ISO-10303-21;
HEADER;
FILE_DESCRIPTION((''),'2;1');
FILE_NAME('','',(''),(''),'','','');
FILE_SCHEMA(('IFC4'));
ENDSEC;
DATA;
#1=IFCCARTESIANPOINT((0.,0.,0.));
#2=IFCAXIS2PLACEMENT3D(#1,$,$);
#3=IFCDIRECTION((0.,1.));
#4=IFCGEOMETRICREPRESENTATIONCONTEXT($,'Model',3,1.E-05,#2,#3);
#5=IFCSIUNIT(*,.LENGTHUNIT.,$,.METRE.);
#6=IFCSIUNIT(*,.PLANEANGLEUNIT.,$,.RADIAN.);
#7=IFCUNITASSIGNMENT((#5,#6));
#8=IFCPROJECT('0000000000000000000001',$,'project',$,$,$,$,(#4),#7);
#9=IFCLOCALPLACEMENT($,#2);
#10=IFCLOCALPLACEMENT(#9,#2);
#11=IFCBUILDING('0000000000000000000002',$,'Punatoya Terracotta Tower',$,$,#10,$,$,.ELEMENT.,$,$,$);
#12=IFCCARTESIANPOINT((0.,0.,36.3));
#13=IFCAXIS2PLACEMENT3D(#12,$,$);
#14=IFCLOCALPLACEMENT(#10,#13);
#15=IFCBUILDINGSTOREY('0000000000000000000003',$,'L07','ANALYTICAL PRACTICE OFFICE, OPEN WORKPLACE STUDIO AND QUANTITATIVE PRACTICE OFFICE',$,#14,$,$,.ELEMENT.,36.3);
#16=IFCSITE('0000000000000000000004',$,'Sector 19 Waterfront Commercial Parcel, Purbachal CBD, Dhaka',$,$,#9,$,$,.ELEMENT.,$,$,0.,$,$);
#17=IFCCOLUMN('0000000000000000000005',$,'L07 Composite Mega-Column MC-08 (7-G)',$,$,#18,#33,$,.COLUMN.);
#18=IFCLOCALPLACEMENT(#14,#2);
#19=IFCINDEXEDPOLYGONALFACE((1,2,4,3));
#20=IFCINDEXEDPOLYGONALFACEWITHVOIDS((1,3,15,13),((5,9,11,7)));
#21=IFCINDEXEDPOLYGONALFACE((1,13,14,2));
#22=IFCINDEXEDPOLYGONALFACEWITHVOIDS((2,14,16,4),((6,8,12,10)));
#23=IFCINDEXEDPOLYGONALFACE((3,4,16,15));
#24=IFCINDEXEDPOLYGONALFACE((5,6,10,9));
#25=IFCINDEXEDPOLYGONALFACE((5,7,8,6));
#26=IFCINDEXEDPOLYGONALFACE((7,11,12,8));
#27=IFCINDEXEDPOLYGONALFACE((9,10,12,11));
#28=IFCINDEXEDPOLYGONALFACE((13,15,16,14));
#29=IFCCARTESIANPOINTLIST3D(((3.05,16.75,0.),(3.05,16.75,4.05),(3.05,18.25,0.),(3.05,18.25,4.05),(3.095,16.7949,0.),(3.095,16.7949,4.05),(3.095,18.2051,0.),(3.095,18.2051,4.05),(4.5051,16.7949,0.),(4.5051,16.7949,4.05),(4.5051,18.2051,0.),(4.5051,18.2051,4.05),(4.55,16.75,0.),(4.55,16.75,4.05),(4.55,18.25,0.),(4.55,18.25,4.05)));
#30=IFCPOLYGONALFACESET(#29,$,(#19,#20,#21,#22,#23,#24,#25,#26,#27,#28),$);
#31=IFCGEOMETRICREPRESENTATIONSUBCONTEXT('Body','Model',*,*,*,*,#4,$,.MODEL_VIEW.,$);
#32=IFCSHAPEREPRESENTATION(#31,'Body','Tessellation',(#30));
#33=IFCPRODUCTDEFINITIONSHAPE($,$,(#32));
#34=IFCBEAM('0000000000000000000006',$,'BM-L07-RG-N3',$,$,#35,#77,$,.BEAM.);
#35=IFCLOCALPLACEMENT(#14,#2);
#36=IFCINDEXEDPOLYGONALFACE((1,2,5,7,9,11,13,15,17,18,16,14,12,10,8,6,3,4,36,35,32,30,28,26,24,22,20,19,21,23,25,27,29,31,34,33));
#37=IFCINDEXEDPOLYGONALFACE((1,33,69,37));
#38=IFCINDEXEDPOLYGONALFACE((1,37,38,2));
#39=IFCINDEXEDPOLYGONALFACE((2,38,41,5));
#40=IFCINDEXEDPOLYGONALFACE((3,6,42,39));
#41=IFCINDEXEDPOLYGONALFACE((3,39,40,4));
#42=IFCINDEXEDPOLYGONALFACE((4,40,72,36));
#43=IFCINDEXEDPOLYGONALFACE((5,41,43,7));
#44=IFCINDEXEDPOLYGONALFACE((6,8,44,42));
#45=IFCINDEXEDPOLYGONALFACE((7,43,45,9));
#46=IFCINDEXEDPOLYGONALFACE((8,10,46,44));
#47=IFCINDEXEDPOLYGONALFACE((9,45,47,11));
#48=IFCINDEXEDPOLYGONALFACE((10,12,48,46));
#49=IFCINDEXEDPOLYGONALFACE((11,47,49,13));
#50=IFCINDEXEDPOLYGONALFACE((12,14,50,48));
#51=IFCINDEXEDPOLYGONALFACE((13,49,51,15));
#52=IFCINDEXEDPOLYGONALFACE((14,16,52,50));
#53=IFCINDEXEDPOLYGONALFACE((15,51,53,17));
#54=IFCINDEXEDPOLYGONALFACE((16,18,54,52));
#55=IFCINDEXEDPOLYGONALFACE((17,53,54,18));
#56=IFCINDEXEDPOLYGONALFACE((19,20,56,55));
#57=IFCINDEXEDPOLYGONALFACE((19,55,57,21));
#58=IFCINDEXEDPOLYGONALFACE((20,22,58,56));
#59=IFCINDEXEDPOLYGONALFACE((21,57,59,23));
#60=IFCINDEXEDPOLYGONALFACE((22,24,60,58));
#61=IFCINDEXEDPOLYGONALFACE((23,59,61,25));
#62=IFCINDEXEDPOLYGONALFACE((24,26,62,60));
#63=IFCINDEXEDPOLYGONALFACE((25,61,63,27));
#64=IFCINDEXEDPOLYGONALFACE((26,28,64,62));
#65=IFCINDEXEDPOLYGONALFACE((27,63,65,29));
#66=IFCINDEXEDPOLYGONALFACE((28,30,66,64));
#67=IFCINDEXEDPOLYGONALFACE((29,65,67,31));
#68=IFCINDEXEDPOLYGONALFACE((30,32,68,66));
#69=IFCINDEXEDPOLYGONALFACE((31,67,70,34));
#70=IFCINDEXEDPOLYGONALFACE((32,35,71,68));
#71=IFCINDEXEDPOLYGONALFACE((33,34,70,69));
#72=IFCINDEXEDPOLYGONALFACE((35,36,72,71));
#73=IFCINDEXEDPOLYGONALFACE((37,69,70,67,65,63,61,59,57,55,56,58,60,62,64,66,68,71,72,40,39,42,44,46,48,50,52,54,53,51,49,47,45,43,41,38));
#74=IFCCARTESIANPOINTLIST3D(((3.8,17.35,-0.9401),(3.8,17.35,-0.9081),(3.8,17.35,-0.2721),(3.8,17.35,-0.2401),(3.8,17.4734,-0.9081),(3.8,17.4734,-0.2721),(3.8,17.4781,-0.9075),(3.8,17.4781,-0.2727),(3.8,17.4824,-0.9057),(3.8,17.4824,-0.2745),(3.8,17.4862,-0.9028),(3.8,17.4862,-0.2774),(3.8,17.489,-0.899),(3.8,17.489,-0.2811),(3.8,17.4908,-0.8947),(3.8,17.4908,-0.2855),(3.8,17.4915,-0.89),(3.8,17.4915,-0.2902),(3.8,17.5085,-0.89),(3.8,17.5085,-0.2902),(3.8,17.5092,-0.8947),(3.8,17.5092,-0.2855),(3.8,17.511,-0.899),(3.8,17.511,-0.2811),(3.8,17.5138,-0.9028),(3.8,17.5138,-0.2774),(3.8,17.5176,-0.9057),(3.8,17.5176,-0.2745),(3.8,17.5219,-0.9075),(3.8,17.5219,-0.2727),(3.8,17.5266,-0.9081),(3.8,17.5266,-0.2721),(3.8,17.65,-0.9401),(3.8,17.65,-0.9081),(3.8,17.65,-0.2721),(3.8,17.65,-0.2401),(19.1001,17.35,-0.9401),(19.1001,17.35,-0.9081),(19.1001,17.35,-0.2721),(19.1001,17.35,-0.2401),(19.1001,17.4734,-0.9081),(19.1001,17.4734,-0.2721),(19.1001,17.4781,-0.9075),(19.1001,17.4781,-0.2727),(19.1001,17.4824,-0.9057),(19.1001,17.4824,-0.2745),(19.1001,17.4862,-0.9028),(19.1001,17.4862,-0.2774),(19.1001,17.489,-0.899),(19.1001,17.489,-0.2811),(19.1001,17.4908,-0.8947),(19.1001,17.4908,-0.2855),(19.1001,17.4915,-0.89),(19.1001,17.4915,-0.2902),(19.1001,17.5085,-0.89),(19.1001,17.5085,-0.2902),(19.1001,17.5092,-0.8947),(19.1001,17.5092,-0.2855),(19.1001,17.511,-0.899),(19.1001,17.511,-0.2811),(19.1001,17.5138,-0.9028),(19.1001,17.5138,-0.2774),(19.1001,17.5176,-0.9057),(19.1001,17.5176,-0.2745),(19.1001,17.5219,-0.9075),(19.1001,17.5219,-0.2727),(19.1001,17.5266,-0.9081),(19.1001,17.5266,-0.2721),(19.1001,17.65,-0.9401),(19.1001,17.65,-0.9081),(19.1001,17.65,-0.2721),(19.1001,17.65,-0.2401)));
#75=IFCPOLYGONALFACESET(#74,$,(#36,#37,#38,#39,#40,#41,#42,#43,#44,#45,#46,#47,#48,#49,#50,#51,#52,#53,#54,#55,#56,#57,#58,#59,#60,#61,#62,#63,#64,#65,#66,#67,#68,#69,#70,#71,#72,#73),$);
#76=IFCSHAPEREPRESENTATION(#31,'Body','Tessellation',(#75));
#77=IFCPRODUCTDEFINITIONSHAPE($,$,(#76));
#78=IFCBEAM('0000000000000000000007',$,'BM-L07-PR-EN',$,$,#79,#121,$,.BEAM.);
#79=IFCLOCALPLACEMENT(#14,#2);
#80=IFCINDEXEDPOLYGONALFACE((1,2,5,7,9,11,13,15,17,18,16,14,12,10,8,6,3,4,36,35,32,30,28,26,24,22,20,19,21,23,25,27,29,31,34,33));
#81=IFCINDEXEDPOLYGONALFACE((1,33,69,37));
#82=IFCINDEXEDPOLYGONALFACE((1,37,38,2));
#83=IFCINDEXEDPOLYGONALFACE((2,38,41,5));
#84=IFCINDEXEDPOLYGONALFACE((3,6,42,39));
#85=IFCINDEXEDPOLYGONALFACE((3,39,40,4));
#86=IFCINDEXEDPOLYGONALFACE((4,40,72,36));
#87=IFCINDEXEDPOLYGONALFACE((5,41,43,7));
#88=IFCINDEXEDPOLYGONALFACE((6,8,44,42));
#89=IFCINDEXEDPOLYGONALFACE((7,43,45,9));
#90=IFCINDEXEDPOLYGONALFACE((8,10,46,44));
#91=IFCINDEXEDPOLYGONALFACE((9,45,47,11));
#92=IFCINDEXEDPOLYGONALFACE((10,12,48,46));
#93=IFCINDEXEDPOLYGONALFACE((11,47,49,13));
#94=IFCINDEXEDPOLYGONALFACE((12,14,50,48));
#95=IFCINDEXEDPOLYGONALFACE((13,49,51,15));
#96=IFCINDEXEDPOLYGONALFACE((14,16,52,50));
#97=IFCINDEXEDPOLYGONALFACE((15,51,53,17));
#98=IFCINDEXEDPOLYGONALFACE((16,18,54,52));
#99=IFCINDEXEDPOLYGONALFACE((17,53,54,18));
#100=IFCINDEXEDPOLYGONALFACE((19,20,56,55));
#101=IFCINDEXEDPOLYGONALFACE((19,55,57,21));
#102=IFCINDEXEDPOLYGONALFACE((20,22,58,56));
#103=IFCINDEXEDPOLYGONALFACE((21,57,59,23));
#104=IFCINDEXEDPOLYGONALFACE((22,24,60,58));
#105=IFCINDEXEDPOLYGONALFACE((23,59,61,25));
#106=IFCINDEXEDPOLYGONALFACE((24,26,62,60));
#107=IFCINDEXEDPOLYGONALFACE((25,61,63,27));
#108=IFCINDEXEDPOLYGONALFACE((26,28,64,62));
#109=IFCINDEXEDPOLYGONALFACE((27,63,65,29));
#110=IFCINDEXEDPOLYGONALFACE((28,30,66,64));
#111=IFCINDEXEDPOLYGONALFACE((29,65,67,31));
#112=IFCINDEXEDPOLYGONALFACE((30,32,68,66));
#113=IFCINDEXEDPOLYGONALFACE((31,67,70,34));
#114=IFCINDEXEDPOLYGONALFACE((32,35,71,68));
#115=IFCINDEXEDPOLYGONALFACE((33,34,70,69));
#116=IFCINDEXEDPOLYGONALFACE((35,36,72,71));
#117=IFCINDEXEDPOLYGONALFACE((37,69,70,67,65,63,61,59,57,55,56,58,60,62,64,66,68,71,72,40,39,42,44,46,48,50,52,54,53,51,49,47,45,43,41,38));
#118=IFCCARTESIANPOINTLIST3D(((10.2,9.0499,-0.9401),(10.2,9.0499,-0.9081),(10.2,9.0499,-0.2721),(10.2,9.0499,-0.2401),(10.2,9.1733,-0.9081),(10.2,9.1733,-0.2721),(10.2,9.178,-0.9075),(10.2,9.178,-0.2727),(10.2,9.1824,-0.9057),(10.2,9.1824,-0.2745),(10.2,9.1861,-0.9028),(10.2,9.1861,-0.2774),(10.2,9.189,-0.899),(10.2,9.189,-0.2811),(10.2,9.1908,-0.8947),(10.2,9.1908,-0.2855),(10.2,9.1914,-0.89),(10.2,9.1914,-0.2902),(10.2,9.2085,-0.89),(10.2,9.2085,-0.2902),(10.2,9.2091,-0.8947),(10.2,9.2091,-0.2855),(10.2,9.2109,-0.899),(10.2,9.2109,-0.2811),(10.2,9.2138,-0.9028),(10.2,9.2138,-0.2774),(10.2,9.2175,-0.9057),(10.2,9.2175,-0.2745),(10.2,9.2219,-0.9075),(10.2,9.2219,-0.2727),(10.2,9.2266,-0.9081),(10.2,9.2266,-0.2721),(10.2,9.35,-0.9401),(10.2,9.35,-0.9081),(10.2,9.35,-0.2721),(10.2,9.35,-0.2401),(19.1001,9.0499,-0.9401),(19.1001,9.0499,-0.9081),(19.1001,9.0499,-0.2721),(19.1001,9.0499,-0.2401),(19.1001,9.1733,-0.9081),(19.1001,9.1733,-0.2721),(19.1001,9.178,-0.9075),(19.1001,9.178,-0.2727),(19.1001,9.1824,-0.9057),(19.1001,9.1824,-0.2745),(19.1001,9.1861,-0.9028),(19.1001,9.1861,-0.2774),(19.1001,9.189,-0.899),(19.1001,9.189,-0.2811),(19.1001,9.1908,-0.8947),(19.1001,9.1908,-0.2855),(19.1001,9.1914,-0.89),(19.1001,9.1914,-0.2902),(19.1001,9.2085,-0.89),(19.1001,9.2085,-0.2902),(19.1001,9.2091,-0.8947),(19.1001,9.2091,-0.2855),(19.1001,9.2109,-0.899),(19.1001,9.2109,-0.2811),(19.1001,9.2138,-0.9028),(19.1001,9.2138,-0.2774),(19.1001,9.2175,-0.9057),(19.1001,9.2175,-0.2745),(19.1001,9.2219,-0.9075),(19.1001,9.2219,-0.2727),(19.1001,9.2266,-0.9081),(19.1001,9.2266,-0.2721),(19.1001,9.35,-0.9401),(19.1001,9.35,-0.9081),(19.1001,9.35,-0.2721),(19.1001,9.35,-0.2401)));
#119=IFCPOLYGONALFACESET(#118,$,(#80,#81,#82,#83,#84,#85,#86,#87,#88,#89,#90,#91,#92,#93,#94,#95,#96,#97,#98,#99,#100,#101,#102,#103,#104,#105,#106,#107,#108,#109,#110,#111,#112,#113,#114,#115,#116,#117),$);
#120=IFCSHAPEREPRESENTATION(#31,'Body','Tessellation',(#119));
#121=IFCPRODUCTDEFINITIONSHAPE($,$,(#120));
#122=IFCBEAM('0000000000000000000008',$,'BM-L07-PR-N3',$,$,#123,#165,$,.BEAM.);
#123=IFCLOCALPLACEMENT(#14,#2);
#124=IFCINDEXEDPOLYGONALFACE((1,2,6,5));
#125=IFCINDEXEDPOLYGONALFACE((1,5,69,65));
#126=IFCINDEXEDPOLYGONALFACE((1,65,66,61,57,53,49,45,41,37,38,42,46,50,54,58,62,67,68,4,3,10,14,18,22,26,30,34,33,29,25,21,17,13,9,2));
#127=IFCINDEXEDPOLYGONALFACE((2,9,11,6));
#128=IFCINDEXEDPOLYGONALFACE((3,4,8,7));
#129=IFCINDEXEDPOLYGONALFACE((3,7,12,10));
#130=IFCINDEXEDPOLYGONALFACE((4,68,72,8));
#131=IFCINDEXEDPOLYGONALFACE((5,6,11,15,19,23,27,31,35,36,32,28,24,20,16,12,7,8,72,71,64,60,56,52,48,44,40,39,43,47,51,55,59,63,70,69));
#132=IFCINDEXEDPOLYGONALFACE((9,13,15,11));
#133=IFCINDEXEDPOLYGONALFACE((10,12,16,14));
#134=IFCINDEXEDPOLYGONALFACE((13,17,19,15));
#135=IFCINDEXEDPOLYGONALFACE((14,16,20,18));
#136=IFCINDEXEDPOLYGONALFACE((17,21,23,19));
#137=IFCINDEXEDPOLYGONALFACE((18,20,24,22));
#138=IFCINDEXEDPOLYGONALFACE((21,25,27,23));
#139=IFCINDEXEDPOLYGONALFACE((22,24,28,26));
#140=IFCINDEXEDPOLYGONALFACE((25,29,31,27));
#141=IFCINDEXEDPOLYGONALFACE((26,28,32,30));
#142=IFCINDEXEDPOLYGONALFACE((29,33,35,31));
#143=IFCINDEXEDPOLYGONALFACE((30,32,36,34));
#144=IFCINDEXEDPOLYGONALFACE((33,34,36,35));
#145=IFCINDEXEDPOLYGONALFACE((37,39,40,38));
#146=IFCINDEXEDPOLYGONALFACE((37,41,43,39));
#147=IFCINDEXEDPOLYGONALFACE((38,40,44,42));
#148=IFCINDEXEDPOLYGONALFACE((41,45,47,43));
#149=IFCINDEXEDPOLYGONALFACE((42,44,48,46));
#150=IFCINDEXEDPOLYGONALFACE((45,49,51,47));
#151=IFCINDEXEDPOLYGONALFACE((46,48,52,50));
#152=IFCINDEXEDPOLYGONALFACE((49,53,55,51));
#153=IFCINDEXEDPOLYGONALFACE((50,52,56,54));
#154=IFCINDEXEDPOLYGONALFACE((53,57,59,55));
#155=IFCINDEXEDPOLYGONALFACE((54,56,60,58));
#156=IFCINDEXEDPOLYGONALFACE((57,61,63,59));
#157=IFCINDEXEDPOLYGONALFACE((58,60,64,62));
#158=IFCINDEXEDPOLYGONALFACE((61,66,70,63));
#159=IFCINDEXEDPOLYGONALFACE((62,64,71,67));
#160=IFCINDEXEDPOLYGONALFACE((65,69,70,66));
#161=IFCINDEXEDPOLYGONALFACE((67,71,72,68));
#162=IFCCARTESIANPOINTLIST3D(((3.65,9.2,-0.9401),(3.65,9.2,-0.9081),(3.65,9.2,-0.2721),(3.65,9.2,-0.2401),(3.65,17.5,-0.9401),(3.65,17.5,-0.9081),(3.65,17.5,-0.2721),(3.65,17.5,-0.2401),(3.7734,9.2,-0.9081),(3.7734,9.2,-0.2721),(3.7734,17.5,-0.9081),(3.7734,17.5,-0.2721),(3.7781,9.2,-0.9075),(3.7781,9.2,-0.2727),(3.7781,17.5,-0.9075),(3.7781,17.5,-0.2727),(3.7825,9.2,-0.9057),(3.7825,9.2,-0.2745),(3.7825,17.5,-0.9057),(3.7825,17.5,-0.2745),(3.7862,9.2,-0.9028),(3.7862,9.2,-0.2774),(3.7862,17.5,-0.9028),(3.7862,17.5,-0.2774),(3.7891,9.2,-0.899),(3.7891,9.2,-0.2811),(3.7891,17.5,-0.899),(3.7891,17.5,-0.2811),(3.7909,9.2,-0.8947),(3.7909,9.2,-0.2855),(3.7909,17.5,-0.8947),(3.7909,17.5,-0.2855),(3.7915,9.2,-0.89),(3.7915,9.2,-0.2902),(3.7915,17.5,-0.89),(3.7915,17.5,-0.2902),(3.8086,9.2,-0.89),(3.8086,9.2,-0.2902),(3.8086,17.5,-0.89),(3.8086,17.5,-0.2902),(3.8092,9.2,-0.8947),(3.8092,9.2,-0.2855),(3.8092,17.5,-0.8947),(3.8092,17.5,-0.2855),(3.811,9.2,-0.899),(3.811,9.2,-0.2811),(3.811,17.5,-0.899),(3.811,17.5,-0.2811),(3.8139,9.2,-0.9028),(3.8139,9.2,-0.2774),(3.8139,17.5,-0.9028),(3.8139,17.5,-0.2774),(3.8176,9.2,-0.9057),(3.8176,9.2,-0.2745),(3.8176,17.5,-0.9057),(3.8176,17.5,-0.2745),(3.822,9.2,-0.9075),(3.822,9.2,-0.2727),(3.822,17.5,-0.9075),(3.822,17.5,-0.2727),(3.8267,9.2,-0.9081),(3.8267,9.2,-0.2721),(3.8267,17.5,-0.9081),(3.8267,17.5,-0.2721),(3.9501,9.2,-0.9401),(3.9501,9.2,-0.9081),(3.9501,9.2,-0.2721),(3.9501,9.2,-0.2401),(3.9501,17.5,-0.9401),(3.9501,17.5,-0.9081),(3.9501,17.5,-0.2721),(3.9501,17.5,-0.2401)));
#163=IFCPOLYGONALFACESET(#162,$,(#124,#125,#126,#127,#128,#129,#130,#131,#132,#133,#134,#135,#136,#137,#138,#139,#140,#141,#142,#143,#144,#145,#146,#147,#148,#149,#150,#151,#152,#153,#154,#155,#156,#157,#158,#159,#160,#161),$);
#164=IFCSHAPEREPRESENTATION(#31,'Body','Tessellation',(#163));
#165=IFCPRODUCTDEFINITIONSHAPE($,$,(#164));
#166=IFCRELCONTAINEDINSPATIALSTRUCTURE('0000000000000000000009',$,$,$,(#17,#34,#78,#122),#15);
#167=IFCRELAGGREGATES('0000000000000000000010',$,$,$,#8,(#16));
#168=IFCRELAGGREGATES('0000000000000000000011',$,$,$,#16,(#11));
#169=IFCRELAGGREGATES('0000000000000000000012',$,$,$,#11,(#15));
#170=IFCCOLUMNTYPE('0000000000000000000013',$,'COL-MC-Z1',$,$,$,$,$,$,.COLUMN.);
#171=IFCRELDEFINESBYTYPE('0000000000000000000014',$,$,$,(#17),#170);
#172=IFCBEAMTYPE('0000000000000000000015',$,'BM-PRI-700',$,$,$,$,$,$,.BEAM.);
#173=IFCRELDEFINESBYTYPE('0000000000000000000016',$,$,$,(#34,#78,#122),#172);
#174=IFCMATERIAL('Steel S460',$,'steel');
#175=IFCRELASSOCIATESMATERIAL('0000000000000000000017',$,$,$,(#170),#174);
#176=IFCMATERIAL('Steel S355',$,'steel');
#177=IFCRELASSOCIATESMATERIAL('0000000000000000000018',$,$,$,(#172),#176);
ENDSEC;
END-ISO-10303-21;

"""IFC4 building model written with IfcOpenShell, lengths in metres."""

from ifc_helpers import new_model, si_unit, direction, frame, origin, origin_2d, place, context, subcontext, project, spatial, hollow_rectangle, i_section, extrude, material, material_profile, profile_set, type_object, element, save


model = new_model("IFC4")

# Units and contexts
model_context = context("Model", 3, precision=1e-05, world=origin(), true_north=direction((0.0, 1.0)))
body_context = subcontext(model_context, "Body", "Model", "MODEL_VIEW")
ifc_project = project(units=[si_unit("LENGTHUNIT", "METRE"), si_unit("PLANEANGLEUNIT", "RADIAN")], contexts=[model_context])

# Site, building, storey
site_placement = place(None, origin())
site = spatial("IfcSite", under=ifc_project, at=site_placement, Name="Sector 19 Waterfront Commercial Parcel, Purbachal CBD, Dhaka", CompositionType="ELEMENT", RefElevation=0.0)
building_placement = place(site_placement, origin())
building = spatial("IfcBuilding", under=site, at=building_placement, Name="Punatoya Terracotta Tower", CompositionType="ELEMENT")
storey_placement = place(building_placement, frame((0.0, 0.0, 36.3)))
storey = spatial("IfcBuildingStorey", under=building, at=storey_placement, Name="L07", Description="ANALYTICAL PRACTICE OFFICE, OPEN WORKPLACE STUDIO AND QUANTITATIVE PRACTICE OFFICE", CompositionType="ELEMENT", Elevation=36.3)

# Column
ifc_material_1 = material(Name="Steel S460", Category="steel")
ifc_material_profile_1 = material_profile(ifc_material_1, hollow_rectangle(XDim=1.5, YDim=1.5, WallThickness=0.0449, at=origin_2d()))
ifc_profile_set_1 = profile_set([ifc_material_profile_1], Name="Steel S460")
column_type = type_object("IfcColumnType", Name="COL-MC-Z1", PredefinedType="COLUMN", material=ifc_profile_set_1)
column_placement = place(storey_placement, frame((3.8, 17.5, 0.0), z_axis=(0.0, 0.0, 1.0), x_axis=(1.0, 0.0, 0.0)))
element("IfcColumn", 1, at=column_placement, inside=storey, type_object=column_type, Name="L07 Composite Mega-Column MC-08 (7-G)", PredefinedType="COLUMN", context=body_context, shape_type="SweptSolid", body=[
    extrude(hollow_rectangle(XDim=1.5, YDim=1.5, WallThickness=0.0449, at=origin_2d()), origin(), (0.0, 0.0, 1.0), 4.05),
])

# Beams
ifc_material_2 = material(Name="Steel S355", Category="steel")
ifc_material_profile_2 = material_profile(ifc_material_2, i_section(OverallWidth=0.3, OverallDepth=0.7, WebThickness=0.0171, FlangeThickness=0.032, FilletRadius=0.0181, at=origin_2d()))
ifc_profile_set_2 = profile_set([ifc_material_profile_2], Name="Steel S355")
beam_type = type_object("IfcBeamType", Name="BM-PRI-700", PredefinedType="BEAM", material=ifc_profile_set_2)
beam_1_placement = place(storey_placement, frame((3.8, 17.5, -0.5901), z_axis=(1.0, 0.0, 0.0), x_axis=(0.0, 1.0, 0.0)))
element("IfcBeam", 2, at=beam_1_placement, inside=storey, type_object=beam_type, Name="BM-L07-RG-N3", PredefinedType="BEAM", context=body_context, shape_type="SweptSolid", body=[
    extrude(i_section(OverallWidth=0.3, OverallDepth=0.7, WebThickness=0.0171, FlangeThickness=0.032, FilletRadius=0.0181, at=origin_2d()), origin(), (0.0, 0.0, 1.0), 15.3),
])
beam_2_placement = place(storey_placement, frame((10.2, 9.2, -0.5901), z_axis=(1.0, 0.0, 0.0), x_axis=(0.0, 1.0, 0.0)))
element("IfcBeam", 3, at=beam_2_placement, inside=storey, type_object=beam_type, Name="BM-L07-PR-EN", PredefinedType="BEAM", context=body_context, shape_type="SweptSolid", body=[
    extrude(i_section(OverallWidth=0.3, OverallDepth=0.7, WebThickness=0.0171, FlangeThickness=0.032, FilletRadius=0.0181, at=origin_2d()), origin(), (0.0, 0.0, 1.0), 8.9001),
])
for number, where, z_axis, x_axis, name in (
    (4, (3.8, 9.2, -0.5901), (0.0, 1.0, 0.0), (-1.0, 0.0, 0.0), "BM-L07-PR-N3"),
):
    element("IfcBeam", number, at=place(storey_placement, frame(where, z_axis=z_axis, x_axis=x_axis)), inside=storey, type_object=beam_type, Name=name, PredefinedType="BEAM", context=body_context, shape_type="SweptSolid", body=[
        extrude(i_section(OverallWidth=0.3, OverallDepth=0.7, WebThickness=0.0171, FlangeThickness=0.032, FilletRadius=0.0181, at=origin_2d()), origin(), (0.0, 0.0, 1.0), 8.3),
    ])

save(model, "model.ifc")
